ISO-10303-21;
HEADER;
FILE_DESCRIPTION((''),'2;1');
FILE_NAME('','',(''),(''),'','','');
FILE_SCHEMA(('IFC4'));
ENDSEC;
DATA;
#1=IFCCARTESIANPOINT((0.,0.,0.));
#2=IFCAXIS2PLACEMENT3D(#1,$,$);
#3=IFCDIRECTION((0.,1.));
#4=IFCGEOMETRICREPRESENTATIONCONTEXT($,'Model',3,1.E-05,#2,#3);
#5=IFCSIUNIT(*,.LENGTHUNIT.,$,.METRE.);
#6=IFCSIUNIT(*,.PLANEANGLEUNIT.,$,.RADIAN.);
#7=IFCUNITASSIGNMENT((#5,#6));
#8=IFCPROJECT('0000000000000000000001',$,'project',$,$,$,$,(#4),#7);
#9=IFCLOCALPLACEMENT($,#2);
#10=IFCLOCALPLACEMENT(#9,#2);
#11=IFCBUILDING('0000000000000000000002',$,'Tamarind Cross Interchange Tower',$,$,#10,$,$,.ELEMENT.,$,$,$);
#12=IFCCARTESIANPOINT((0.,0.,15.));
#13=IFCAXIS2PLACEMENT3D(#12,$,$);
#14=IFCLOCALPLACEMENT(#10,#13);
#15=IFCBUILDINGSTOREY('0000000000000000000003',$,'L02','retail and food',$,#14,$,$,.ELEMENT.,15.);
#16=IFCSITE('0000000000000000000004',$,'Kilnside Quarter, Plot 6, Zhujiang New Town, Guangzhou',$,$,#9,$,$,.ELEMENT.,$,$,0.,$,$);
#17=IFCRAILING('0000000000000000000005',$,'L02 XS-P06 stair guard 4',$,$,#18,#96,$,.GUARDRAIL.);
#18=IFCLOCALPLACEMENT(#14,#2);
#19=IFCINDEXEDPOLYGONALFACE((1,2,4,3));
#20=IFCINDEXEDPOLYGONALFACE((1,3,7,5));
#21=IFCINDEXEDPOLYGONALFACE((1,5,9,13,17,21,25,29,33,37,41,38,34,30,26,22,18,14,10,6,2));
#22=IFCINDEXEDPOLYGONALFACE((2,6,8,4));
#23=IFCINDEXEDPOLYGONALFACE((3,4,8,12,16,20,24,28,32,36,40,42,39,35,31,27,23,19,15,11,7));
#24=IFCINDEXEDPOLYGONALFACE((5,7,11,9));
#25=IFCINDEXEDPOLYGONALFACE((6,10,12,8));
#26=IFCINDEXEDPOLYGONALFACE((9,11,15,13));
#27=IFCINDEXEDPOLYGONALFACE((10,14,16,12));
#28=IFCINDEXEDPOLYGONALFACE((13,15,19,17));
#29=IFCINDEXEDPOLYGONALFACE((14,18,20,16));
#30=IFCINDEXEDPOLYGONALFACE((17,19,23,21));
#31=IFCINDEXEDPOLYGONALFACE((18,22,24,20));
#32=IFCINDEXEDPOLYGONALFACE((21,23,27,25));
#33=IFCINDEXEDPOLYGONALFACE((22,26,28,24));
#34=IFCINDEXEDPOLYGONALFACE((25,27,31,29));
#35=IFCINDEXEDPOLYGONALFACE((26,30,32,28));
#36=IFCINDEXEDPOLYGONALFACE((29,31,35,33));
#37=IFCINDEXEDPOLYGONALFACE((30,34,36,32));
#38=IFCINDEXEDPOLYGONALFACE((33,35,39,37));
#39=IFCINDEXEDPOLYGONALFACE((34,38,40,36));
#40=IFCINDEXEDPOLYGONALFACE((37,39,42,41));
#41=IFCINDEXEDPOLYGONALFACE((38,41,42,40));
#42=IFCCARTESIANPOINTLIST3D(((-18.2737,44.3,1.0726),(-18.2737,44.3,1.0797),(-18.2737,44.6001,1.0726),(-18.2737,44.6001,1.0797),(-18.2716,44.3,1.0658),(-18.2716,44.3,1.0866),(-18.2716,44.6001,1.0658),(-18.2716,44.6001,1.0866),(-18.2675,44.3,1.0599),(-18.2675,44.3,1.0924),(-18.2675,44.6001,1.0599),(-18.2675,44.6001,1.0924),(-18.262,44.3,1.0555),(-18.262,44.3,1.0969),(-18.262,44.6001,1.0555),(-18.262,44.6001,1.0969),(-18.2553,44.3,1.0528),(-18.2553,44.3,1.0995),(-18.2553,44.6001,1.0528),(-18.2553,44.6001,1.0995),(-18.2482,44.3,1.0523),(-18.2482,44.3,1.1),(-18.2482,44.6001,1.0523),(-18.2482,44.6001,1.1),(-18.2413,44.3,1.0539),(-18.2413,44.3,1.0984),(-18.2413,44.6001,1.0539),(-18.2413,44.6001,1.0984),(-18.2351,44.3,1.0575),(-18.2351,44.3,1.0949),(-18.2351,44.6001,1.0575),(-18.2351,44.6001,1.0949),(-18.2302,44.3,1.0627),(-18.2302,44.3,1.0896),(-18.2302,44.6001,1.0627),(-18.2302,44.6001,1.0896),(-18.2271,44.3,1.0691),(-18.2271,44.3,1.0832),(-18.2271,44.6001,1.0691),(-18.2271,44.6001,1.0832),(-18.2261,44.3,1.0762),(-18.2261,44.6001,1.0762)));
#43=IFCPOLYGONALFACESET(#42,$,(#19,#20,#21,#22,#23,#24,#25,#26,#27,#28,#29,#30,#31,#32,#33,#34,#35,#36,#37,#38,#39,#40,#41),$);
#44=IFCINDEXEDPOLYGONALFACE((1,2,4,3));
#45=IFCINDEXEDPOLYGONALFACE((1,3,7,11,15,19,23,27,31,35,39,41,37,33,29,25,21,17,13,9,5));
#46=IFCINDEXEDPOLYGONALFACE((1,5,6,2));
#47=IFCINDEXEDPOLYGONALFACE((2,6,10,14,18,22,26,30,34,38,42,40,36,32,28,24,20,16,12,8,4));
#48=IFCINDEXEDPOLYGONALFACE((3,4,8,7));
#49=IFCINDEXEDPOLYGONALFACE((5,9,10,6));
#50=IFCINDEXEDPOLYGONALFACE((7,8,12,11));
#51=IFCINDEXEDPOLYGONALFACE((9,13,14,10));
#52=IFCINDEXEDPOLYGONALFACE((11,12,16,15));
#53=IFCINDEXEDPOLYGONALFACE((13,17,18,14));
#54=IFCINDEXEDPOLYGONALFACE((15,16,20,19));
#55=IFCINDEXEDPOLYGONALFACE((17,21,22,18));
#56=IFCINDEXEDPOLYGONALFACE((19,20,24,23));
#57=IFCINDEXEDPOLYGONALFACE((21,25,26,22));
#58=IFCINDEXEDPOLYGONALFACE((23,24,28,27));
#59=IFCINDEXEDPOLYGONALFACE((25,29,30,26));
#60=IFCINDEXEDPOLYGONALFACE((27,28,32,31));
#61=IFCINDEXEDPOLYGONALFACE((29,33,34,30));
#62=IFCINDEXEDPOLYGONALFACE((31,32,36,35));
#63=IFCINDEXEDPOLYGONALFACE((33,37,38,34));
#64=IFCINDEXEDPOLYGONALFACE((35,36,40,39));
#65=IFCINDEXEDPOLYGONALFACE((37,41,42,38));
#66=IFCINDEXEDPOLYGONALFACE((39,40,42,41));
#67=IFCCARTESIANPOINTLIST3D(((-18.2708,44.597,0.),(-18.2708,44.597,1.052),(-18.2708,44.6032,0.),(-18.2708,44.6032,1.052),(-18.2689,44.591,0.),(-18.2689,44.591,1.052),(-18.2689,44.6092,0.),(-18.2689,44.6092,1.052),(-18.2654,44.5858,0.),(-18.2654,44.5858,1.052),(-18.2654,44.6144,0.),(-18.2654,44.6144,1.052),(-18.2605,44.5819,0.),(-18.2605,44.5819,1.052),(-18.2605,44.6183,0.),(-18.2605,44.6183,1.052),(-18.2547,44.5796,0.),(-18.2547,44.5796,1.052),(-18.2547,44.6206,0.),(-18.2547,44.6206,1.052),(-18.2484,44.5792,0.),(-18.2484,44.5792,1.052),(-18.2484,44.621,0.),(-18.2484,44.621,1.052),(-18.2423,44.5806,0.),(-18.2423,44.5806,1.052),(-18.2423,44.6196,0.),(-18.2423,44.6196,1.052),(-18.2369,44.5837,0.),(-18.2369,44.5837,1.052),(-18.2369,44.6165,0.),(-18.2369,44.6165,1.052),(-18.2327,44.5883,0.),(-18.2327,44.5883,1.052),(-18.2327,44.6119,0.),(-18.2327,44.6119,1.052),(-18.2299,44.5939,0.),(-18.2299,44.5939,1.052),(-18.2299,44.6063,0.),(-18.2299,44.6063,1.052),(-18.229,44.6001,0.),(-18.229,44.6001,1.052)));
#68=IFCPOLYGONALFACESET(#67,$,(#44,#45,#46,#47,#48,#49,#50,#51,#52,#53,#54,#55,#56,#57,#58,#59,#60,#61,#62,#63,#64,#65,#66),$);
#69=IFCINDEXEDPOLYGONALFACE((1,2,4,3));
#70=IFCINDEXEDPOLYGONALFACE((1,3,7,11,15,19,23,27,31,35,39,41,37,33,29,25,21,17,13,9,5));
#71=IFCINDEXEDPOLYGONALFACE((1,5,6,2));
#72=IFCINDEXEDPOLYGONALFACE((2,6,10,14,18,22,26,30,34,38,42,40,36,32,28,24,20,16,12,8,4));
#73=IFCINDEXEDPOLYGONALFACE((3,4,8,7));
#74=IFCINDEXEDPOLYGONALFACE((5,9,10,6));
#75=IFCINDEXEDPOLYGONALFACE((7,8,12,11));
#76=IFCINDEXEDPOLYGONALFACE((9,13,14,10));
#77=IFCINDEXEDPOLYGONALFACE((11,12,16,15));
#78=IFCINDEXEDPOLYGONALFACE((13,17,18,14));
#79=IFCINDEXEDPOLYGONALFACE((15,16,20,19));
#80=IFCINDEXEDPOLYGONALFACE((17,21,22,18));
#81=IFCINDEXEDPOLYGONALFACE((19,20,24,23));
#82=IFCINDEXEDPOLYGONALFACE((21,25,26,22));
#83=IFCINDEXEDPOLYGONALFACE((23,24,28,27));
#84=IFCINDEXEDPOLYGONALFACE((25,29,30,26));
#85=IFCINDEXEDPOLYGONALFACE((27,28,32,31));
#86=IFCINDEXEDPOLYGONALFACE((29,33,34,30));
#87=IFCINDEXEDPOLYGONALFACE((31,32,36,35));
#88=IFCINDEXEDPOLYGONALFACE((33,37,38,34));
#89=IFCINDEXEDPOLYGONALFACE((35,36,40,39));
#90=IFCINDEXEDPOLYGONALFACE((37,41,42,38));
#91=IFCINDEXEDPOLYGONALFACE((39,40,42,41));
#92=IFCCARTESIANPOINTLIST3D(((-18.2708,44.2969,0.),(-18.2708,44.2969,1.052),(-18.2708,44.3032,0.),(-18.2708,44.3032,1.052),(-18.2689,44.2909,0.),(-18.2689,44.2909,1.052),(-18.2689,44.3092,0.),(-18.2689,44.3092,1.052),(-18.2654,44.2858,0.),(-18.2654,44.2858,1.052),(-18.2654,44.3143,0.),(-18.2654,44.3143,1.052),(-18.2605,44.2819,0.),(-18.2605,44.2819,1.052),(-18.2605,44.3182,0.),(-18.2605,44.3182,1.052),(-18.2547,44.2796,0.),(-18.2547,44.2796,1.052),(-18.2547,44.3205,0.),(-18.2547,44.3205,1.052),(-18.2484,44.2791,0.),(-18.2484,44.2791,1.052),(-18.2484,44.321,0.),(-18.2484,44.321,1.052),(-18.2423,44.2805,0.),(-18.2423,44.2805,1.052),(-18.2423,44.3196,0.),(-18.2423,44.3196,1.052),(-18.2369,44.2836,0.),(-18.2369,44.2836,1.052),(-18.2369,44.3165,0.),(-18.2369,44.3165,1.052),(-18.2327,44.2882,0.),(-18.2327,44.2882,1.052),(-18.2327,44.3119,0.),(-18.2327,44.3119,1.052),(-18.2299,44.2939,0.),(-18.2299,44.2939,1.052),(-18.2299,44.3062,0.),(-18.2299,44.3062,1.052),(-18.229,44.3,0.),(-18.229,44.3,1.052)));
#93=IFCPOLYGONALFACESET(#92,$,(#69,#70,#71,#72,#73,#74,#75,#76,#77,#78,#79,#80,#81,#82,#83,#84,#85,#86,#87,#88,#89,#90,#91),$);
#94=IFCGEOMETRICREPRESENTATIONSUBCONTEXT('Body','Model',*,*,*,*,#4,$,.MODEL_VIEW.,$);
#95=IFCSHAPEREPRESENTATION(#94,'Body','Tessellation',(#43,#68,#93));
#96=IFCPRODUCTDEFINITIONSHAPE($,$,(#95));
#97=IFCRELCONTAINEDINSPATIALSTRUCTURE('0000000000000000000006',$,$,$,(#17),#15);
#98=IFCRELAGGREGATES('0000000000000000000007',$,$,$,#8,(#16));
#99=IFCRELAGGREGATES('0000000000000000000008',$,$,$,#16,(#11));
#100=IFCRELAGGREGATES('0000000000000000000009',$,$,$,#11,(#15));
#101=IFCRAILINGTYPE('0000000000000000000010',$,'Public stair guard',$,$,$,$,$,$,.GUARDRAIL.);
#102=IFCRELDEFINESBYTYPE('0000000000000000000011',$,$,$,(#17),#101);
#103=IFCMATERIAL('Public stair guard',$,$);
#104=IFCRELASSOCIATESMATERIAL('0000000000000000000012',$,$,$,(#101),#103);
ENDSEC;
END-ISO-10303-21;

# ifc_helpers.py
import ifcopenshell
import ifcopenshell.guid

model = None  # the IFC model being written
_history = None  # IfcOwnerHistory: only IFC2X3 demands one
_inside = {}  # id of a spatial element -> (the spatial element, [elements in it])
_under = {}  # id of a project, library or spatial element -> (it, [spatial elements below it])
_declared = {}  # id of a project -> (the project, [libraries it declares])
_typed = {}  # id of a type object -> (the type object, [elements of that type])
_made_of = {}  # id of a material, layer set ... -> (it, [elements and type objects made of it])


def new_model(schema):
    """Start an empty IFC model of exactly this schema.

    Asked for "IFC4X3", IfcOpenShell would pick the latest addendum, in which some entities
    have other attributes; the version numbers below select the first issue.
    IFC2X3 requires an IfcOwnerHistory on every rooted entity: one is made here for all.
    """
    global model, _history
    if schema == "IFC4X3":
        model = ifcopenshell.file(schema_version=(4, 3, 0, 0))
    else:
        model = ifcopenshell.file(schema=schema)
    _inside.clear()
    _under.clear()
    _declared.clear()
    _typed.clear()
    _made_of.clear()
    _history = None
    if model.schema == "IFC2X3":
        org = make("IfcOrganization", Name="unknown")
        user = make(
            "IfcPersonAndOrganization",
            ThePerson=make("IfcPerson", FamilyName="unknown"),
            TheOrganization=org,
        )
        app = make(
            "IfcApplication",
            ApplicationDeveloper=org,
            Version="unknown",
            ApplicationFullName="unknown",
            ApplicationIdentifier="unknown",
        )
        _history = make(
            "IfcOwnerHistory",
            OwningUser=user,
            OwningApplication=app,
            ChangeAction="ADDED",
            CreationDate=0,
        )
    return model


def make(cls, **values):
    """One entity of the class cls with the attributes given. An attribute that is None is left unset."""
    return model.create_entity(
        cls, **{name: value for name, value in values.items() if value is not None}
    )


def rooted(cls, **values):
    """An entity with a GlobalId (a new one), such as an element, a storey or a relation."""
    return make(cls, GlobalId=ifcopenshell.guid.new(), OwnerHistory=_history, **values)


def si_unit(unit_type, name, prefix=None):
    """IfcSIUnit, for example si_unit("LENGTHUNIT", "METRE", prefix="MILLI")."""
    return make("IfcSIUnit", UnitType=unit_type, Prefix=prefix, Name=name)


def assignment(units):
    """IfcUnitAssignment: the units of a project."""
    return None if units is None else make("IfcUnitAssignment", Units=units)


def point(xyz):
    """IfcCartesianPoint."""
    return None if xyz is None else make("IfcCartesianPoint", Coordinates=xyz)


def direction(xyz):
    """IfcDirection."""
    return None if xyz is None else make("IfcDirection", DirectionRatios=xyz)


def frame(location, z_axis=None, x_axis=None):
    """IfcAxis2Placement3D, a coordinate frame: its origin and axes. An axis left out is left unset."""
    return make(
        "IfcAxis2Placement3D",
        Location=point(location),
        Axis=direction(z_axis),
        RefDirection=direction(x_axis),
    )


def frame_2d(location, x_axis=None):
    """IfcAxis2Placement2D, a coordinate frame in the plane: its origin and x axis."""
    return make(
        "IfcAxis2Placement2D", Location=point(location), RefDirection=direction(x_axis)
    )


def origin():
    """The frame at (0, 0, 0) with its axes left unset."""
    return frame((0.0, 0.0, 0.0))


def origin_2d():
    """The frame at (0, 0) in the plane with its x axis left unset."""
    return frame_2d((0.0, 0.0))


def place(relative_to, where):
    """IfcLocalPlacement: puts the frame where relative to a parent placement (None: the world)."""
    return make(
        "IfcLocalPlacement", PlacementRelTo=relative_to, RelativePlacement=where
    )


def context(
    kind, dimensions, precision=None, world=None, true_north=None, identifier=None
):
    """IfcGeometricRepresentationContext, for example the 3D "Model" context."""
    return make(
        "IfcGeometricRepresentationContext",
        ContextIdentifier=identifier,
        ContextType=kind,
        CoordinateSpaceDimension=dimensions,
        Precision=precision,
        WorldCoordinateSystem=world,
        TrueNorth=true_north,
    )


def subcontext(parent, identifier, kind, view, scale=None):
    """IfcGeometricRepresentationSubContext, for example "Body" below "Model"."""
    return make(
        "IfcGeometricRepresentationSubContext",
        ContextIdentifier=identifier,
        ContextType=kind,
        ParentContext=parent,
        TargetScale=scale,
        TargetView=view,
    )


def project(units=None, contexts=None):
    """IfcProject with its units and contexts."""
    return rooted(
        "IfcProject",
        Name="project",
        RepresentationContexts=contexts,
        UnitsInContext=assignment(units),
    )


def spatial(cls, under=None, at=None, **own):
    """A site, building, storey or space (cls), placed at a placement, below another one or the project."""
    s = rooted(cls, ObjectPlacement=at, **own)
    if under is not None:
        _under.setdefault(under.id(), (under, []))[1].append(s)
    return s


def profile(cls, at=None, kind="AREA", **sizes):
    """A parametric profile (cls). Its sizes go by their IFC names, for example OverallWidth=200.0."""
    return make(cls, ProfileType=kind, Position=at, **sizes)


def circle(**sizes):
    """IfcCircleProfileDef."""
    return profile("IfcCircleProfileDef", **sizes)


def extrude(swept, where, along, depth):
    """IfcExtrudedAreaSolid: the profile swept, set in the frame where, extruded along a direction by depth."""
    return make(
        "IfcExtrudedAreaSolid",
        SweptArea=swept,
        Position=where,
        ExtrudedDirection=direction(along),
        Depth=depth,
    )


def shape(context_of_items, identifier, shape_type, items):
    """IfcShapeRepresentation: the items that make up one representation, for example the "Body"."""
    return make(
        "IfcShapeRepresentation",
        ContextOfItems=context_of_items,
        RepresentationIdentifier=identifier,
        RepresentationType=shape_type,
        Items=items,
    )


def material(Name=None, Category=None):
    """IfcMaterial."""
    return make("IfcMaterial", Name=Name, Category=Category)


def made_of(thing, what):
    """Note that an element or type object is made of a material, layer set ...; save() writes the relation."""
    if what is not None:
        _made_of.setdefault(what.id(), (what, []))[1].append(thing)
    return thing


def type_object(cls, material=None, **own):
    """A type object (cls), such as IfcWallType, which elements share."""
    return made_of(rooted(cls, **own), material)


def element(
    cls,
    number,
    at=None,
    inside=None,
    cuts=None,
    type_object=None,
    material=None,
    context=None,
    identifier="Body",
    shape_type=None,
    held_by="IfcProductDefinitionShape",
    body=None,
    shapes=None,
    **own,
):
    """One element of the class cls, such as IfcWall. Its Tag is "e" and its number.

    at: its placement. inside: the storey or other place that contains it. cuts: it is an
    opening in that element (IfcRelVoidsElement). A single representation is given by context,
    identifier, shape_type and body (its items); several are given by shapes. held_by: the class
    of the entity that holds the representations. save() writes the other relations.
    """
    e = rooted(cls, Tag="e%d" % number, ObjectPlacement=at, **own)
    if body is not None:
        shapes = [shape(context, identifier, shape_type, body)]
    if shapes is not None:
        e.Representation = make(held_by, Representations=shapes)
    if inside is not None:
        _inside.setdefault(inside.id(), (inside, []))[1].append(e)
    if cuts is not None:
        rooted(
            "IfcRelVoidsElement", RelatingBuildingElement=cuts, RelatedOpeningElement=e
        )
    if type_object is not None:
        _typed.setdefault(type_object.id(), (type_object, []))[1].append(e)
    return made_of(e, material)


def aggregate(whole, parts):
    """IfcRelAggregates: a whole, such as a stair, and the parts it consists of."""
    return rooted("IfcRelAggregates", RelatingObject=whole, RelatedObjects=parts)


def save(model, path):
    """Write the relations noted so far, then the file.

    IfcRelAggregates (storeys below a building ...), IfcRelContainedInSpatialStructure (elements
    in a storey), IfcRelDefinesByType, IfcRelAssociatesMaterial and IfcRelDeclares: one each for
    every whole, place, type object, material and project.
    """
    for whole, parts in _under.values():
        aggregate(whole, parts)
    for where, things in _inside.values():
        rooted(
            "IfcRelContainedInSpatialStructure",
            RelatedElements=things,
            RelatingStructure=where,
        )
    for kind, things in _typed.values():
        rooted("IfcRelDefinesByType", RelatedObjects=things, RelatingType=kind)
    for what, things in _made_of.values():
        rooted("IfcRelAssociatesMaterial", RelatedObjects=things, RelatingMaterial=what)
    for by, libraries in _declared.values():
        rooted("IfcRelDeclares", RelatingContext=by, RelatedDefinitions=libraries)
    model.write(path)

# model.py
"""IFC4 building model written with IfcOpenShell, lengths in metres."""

from ifc_helpers import new_model, si_unit, direction, frame, origin, origin_2d, place, context, subcontext, project, spatial, circle, extrude, material, type_object, element, save


model = new_model("IFC4")

# Units and contexts
model_context = context("Model", 3, precision=1e-05, world=origin(), true_north=direction((0.0, 1.0)))
body_context = subcontext(model_context, "Body", "Model", "MODEL_VIEW")
ifc_project = project(units=[si_unit("LENGTHUNIT", "METRE"), si_unit("PLANEANGLEUNIT", "RADIAN")], contexts=[model_context])

# Site, building, storey
site_placement = place(None, origin())
site = spatial("IfcSite", under=ifc_project, at=site_placement, Name="Kilnside Quarter, Plot 6, Zhujiang New Town, Guangzhou", CompositionType="ELEMENT", RefElevation=0.0)
building_placement = place(site_placement, origin())
building = spatial("IfcBuilding", under=site, at=building_placement, Name="Tamarind Cross Interchange Tower", CompositionType="ELEMENT")
storey_placement = place(building_placement, frame((0.0, 0.0, 15.0)))
storey = spatial("IfcBuildingStorey", under=building, at=storey_placement, Name="L02", Description="retail and food", CompositionType="ELEMENT", Elevation=15.0)

# Railing
ifc_material_1 = material(Name="Public stair guard")
railing_type_1 = type_object("IfcRailingType", Name="Public stair guard", PredefinedType="GUARDRAIL", material=ifc_material_1)
railing_1_placement = place(storey_placement, frame((-18.25, 44.6001, 0.0)))
element("IfcRailing", 1, at=railing_1_placement, inside=storey, type_object=railing_type_1, Name="L02 XS-P06 stair guard 4", PredefinedType="GUARDRAIL", context=body_context, shape_type="SweptSolid", body=[
    extrude(circle(Radius=0.0239, at=origin_2d()), frame((0.0, 0.0, 1.0762), z_axis=(0.0, -1.0, 0.0), x_axis=(1.0, 0.0, 0.0)), (0.0, 0.0, 1.0), 0.3),
    extrude(circle(Radius=0.021, at=origin_2d()), origin(), (0.0, 0.0, 1.0), 1.052),
    extrude(circle(Radius=0.021, at=origin_2d()), frame((0.0, -0.3, 0.0)), (0.0, 0.0, 1.0), 1.052),
])

save(model, "model.ifc")
